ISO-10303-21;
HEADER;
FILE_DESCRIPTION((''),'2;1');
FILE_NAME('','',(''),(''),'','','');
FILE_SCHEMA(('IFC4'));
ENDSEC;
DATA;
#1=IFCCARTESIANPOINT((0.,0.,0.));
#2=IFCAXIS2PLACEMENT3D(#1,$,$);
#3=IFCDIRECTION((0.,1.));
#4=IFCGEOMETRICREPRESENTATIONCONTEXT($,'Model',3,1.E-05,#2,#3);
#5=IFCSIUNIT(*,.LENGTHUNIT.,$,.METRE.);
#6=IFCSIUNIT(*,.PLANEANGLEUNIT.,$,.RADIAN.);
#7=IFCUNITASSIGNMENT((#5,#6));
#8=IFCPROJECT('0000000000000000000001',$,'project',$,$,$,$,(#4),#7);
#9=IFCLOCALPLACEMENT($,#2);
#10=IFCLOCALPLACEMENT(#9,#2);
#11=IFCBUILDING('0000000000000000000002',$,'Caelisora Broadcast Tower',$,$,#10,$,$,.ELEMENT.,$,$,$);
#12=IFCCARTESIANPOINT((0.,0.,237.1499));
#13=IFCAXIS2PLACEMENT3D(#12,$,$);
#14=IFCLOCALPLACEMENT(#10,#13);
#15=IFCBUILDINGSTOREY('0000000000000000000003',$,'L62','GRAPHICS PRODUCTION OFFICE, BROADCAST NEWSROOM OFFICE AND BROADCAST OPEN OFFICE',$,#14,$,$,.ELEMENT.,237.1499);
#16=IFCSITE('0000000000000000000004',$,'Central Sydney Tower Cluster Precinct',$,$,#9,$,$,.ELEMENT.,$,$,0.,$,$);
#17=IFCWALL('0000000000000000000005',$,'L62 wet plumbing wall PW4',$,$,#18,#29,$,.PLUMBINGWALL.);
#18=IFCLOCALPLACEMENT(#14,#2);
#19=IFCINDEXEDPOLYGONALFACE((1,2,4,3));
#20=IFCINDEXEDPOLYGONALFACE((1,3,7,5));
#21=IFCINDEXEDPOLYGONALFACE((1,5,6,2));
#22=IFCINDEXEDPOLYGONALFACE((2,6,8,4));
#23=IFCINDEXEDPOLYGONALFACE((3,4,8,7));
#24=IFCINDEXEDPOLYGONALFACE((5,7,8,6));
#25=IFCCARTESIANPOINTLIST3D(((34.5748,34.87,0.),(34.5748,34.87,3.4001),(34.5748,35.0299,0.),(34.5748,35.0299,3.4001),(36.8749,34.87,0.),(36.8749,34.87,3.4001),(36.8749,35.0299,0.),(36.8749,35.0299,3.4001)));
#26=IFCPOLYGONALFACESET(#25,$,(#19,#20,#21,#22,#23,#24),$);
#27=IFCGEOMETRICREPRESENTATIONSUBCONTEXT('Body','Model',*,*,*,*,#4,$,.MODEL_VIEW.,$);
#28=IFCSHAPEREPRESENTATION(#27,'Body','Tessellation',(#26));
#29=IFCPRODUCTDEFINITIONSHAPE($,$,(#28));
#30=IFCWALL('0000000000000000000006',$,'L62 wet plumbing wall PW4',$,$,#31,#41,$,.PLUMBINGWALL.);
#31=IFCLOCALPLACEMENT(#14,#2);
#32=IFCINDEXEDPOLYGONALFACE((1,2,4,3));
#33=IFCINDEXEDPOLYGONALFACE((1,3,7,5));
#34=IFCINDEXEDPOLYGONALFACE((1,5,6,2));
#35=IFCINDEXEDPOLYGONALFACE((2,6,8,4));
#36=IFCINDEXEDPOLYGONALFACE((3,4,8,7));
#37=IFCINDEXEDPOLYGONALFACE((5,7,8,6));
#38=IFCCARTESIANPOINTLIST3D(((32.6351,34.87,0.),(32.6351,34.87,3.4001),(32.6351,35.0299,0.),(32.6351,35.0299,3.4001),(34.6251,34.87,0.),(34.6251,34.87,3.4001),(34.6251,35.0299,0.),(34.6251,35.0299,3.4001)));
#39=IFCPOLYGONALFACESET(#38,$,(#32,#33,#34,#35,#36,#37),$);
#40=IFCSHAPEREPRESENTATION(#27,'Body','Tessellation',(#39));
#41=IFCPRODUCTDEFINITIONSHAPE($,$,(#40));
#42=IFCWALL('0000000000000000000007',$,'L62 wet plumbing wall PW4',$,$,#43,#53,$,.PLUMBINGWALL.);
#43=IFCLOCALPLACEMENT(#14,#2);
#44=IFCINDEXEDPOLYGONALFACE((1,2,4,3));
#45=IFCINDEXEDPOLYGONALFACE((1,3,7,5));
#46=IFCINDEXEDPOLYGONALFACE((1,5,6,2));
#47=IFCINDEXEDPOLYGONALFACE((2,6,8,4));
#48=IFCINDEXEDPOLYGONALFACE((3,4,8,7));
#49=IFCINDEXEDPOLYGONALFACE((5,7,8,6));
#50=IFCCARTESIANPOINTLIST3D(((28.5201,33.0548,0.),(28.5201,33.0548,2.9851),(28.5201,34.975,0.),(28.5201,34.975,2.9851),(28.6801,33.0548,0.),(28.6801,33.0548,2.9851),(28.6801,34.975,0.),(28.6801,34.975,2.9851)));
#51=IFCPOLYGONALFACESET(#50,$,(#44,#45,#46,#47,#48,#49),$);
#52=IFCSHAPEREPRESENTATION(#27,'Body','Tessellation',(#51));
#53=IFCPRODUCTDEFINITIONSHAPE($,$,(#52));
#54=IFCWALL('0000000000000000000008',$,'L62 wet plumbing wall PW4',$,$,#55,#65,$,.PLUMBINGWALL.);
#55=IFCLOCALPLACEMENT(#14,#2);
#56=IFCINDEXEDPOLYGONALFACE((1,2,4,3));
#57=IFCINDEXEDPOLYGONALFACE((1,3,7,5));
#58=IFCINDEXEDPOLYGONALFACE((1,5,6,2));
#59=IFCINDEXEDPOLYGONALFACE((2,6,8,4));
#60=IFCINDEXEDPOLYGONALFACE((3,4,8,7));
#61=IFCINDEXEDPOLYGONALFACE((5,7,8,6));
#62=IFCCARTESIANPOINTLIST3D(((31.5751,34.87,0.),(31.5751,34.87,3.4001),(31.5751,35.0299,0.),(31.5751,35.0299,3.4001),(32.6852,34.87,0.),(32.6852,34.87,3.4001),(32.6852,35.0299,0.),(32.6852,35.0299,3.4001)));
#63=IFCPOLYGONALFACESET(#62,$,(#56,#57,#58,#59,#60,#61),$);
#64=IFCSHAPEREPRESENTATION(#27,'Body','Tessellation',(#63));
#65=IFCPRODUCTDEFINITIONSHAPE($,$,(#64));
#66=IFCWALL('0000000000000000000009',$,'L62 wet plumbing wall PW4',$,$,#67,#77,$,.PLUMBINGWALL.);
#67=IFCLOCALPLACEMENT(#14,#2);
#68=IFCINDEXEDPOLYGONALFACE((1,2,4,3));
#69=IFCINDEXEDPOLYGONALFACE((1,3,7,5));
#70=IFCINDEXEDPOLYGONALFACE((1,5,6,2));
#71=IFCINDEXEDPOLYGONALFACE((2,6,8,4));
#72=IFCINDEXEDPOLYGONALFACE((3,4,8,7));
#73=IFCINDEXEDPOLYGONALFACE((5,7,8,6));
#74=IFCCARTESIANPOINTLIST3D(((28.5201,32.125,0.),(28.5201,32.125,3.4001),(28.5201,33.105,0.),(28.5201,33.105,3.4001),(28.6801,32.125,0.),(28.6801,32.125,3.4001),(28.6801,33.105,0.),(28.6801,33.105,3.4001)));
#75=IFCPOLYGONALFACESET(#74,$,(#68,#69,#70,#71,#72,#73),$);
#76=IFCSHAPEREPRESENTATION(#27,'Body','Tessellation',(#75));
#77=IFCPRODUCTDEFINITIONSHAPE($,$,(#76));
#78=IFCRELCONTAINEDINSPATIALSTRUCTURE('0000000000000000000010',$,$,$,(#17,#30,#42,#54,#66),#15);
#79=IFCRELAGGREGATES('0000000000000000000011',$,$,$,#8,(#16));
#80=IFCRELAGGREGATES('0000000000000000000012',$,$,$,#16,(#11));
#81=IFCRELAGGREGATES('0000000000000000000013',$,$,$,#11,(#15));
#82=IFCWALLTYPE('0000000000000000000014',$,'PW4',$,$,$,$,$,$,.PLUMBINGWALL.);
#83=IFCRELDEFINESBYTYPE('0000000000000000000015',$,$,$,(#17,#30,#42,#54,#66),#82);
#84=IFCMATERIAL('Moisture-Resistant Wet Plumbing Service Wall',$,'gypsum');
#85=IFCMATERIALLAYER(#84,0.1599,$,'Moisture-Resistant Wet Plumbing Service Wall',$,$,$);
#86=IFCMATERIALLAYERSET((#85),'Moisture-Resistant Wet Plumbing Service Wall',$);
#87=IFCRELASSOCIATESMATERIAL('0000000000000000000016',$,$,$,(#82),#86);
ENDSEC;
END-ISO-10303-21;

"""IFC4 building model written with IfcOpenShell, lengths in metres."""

from ifc_helpers import new_model, si_unit, direction, frame, frame_2d, origin, place, context, subcontext, project, spatial, rectangle, extrude, material, layer, layer_set, type_object, element, save


model = new_model("IFC4")

# Units and contexts
model_context = context("Model", 3, precision=1e-05, world=origin(), true_north=direction((0.0, 1.0)))
body_context = subcontext(model_context, "Body", "Model", "MODEL_VIEW")
ifc_project = project(units=[si_unit("LENGTHUNIT", "METRE"), si_unit("PLANEANGLEUNIT", "RADIAN")], contexts=[model_context])

# Site, building, storey
site_placement = place(None, origin())
site = spatial("IfcSite", under=ifc_project, at=site_placement, Name="Central Sydney Tower Cluster Precinct", CompositionType="ELEMENT", RefElevation=0.0)
building_placement = place(site_placement, origin())
building = spatial("IfcBuilding", under=site, at=building_placement, Name="Caelisora Broadcast Tower", CompositionType="ELEMENT")
storey_placement = place(building_placement, frame((0.0, 0.0, 237.1499)))
storey = spatial("IfcBuildingStorey", under=building, at=storey_placement, Name="L62", Description="GRAPHICS PRODUCTION OFFICE, BROADCAST NEWSROOM OFFICE AND BROADCAST OPEN OFFICE", CompositionType="ELEMENT", Elevation=237.1499)

# Shared definitions
ifc_material_1 = material(Name="Moisture-Resistant Wet Plumbing Service Wall", Category="gypsum")
ifc_layer_1 = layer(ifc_material_1, 0.1599, Name="Moisture-Resistant Wet Plumbing Service Wall")
ifc_layer_set_1 = layer_set([ifc_layer_1], Name="Moisture-Resistant Wet Plumbing Service Wall")
wall_type_1 = type_object("IfcWallType", Name="PW4", PredefinedType="PLUMBINGWALL", material=ifc_layer_set_1)

# Walls
wall_1_placement = place(storey_placement, frame((34.575, 34.95, 0.0), z_axis=(0.0, 0.0, 1.0), x_axis=(1.0, 0.0, 0.0)))
element("IfcWall", 1, at=wall_1_placement, inside=storey, type_object=wall_type_1, Name="L62 wet plumbing wall PW4", PredefinedType="PLUMBINGWALL", context=body_context, shape_type="SweptSolid", body=[
    extrude(rectangle(XDim=2.3, YDim=0.1599, at=frame_2d((1.1499, 0.0))), origin(), (0.0, 0.0, 1.0), 3.4001),
])
wall_2_placement = place(storey_placement, frame((32.635, 34.95, 0.0), z_axis=(0.0, 0.0, 1.0), x_axis=(1.0, 0.0, 0.0)))
element("IfcWall", 2, at=wall_2_placement, inside=storey, type_object=wall_type_1, Name="L62 wet plumbing wall PW4", PredefinedType="PLUMBINGWALL", context=body_context, shape_type="SweptSolid", body=[
    extrude(rectangle(XDim=1.99, YDim=0.1599, at=frame_2d((0.9951, 0.0))), origin(), (0.0, 0.0, 1.0), 3.4001),
])
wall_3_placement = place(storey_placement, frame((28.6001, 33.0549, 0.0), z_axis=(0.0, 0.0, 1.0), x_axis=(0.0, 1.0, 0.0)))
element("IfcWall", 3, at=wall_3_placement, inside=storey, type_object=wall_type_1, Name="L62 wet plumbing wall PW4", PredefinedType="PLUMBINGWALL", context=body_context, shape_type="SweptSolid", body=[
    extrude(rectangle(XDim=1.9202, YDim=0.1599, at=frame_2d((0.96, 0.0))), origin(), (0.0, 0.0, 1.0), 2.9851),
])
wall_4_placement = place(storey_placement, frame((31.575, 34.95, 0.0), z_axis=(0.0, 0.0, 1.0), x_axis=(1.0, 0.0, 0.0)))
element("IfcWall", 4, at=wall_4_placement, inside=storey, type_object=wall_type_1, Name="L62 wet plumbing wall PW4", PredefinedType="PLUMBINGWALL", context=body_context, shape_type="SweptSolid", body=[
    extrude(rectangle(XDim=1.1101, YDim=0.1599, at=frame_2d((0.5552, 0.0))), origin(), (0.0, 0.0, 1.0), 3.4001),
])
wall_5_placement = place(storey_placement, frame((28.6001, 32.125, 0.0), z_axis=(0.0, 0.0, 1.0), x_axis=(0.0, 1.0, 0.0)))
element("IfcWall", 5, at=wall_5_placement, inside=storey, type_object=wall_type_1, Name="L62 wet plumbing wall PW4", PredefinedType="PLUMBINGWALL", context=body_context, shape_type="SweptSolid", body=[
    extrude(rectangle(XDim=0.98, YDim=0.1599, at=frame_2d((0.49, 0.0))), origin(), (0.0, 0.0, 1.0), 3.4001),
])

save(model, "model.ifc")
